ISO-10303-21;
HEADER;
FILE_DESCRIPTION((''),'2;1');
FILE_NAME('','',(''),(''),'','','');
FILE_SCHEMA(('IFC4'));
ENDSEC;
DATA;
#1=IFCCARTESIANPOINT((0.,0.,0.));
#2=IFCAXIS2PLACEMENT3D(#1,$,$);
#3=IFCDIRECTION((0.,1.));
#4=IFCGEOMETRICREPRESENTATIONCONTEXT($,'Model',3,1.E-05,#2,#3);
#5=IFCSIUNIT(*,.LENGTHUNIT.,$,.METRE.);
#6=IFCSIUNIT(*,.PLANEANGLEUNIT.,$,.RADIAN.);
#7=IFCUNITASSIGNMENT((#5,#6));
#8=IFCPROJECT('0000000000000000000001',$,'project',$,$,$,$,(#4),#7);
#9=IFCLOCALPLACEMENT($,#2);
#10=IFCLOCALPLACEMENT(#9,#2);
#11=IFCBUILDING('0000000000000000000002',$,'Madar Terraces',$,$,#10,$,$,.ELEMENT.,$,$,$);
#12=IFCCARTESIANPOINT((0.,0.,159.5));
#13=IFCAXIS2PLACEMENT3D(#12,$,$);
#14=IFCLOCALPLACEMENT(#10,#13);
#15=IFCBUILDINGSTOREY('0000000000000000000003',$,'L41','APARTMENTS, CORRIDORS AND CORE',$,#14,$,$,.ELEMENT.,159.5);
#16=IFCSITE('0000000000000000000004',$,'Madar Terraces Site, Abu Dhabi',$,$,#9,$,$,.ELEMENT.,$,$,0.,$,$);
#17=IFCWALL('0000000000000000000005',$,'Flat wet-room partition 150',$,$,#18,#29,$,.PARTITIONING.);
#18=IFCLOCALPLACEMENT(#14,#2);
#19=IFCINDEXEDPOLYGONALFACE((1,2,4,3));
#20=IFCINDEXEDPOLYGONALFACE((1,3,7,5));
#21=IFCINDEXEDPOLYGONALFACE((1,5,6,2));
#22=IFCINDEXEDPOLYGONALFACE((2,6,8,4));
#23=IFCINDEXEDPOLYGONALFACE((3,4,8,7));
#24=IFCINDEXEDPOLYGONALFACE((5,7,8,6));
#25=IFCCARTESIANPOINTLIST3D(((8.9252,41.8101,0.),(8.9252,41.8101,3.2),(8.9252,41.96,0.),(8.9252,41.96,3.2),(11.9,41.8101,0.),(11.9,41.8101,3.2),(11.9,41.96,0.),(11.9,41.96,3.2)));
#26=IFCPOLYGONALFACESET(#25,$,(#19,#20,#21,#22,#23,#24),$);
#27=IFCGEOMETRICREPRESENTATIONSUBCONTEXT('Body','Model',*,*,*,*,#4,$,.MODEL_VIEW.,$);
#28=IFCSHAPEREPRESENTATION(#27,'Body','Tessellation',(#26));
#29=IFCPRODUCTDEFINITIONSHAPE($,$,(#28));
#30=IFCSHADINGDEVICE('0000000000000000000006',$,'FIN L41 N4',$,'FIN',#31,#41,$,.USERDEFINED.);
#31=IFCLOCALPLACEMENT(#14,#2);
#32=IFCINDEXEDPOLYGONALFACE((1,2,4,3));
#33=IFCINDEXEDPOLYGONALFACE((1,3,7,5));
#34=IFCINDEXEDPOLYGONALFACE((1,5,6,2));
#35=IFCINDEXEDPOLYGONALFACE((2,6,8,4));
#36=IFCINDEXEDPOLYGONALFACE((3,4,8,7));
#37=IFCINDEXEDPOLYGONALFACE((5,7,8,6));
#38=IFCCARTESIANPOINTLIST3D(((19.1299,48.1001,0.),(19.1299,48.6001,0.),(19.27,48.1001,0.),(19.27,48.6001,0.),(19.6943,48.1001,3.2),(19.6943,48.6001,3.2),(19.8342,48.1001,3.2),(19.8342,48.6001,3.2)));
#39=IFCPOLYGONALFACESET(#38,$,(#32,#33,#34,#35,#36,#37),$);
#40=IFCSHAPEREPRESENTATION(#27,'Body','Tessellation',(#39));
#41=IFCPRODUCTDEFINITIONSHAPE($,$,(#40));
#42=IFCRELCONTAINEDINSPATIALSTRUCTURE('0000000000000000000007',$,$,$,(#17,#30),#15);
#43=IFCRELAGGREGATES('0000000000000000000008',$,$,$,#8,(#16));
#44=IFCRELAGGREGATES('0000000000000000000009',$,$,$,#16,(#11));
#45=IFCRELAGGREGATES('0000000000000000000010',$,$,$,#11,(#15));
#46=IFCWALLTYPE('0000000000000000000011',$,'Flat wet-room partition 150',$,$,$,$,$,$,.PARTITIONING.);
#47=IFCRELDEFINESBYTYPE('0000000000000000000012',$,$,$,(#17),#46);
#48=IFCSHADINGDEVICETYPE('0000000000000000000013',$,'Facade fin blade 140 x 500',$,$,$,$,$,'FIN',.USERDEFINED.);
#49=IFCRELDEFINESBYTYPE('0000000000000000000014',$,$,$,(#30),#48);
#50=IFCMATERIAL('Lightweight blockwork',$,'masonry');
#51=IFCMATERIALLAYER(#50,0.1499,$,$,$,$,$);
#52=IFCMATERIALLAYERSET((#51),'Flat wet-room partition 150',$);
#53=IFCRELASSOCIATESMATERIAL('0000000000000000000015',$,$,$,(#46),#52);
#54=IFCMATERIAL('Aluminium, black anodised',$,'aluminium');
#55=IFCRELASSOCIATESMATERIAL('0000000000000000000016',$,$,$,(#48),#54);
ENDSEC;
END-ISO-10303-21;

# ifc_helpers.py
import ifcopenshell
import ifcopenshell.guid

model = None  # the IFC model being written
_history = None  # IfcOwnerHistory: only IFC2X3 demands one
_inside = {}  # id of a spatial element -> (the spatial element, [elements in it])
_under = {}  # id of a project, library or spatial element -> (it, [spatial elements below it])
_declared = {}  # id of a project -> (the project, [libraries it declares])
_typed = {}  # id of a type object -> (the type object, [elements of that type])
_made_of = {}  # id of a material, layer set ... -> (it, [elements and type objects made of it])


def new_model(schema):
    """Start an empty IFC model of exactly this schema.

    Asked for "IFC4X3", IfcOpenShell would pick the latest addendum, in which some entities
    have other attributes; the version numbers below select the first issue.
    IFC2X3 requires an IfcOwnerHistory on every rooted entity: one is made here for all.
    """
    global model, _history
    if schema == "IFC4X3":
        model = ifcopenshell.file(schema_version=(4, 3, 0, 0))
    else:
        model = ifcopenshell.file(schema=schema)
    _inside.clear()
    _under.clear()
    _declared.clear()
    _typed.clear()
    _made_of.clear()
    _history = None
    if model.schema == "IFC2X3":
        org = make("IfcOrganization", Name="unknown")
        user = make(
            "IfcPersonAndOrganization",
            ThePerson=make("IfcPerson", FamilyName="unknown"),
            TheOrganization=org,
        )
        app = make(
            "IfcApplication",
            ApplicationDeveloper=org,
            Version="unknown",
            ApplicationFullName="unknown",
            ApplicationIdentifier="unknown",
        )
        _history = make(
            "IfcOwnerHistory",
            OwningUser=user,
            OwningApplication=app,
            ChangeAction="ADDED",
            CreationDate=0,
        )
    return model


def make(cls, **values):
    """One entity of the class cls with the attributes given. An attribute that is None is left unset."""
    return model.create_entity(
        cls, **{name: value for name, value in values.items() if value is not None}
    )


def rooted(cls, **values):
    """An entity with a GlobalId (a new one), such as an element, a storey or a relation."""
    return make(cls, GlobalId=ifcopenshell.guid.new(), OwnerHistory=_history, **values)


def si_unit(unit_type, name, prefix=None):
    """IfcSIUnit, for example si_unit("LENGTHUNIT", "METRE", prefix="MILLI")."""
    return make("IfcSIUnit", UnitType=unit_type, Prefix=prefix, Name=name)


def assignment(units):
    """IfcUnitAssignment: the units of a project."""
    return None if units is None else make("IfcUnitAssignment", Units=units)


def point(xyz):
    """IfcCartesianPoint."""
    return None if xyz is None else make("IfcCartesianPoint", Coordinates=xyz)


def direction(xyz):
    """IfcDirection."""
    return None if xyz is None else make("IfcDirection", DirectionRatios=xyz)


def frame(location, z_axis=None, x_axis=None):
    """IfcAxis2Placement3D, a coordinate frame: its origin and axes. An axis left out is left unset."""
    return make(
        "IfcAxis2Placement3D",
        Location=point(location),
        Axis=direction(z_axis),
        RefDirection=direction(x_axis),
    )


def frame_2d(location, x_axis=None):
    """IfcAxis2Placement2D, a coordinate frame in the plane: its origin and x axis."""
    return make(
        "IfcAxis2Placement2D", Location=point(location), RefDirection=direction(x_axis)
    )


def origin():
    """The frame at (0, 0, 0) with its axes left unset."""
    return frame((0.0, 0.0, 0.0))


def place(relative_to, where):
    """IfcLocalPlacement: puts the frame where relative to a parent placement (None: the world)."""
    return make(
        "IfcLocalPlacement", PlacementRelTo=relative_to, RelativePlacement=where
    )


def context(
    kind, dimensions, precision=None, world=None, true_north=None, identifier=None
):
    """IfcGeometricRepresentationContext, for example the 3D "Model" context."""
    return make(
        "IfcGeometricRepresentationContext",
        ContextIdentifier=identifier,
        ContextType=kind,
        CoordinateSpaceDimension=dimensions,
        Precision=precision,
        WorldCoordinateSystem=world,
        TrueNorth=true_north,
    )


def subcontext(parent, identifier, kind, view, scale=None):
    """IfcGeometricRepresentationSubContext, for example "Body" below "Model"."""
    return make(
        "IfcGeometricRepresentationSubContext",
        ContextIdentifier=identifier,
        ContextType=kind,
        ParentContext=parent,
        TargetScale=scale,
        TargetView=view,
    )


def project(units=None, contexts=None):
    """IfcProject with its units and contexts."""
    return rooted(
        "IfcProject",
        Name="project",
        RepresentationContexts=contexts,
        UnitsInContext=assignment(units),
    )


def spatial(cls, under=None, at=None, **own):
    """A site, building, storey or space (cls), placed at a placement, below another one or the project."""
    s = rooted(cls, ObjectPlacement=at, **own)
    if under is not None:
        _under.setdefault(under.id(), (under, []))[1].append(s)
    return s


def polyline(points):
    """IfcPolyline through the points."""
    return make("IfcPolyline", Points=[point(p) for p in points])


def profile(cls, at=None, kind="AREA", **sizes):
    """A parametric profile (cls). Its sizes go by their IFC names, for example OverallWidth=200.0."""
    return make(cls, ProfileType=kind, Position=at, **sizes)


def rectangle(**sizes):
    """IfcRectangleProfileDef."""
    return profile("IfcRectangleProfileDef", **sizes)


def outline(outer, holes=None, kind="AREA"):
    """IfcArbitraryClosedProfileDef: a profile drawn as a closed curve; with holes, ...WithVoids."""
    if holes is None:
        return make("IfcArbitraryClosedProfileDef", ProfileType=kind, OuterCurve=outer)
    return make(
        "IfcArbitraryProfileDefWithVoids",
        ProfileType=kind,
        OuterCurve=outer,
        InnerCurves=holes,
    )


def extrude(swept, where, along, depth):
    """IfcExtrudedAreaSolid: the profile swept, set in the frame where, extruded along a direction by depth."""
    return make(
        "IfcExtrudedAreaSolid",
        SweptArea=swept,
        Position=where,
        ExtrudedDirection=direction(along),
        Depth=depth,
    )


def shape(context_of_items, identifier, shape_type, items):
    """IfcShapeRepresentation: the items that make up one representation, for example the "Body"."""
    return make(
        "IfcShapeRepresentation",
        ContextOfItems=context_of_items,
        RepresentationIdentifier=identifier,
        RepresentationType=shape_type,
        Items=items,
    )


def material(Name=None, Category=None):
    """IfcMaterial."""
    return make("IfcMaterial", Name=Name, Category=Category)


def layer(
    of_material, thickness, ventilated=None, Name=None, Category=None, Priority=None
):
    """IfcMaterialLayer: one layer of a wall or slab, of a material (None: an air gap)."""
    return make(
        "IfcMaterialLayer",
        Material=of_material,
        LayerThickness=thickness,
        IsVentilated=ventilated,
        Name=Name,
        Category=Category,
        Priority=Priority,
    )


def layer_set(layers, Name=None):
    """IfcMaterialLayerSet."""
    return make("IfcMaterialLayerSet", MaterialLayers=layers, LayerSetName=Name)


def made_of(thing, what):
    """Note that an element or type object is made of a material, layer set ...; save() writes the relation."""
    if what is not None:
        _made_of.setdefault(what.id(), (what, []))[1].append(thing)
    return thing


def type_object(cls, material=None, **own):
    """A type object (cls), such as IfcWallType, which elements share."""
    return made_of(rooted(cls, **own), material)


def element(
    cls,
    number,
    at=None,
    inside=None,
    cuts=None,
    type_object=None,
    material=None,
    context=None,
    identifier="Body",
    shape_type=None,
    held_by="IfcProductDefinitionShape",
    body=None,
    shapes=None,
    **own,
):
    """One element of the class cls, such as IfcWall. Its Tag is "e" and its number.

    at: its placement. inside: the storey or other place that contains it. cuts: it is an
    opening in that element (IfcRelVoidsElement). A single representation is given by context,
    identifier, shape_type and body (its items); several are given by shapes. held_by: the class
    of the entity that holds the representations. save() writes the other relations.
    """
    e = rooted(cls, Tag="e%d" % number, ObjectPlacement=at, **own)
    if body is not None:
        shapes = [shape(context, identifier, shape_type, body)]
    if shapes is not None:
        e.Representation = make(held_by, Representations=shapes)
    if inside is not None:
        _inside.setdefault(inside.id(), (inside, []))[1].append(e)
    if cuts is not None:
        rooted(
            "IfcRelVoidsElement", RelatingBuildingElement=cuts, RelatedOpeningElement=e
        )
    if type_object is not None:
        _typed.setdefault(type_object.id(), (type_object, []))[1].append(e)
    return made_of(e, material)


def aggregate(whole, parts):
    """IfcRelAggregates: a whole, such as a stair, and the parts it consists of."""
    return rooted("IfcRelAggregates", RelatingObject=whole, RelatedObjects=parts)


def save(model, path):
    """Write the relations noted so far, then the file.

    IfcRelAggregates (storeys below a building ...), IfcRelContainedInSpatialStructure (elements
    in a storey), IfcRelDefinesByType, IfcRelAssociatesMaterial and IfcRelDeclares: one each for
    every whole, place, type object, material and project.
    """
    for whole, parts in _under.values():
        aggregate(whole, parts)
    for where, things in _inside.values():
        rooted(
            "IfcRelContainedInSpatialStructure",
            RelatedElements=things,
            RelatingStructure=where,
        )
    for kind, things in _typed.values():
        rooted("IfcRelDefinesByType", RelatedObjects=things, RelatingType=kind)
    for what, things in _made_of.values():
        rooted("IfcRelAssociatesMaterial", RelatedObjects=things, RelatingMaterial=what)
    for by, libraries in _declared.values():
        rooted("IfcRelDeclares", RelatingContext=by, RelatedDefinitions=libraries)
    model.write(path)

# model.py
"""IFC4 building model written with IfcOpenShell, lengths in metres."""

from ifc_helpers import new_model, si_unit, direction, frame, frame_2d, origin, place, context, subcontext, project, spatial, polyline, rectangle, outline, extrude, material, layer, layer_set, type_object, element, save


model = new_model("IFC4")

# Units and contexts
model_context = context("Model", 3, precision=1e-05, world=origin(), true_north=direction((0.0, 1.0)))
body_context = subcontext(model_context, "Body", "Model", "MODEL_VIEW")
ifc_project = project(units=[si_unit("LENGTHUNIT", "METRE"), si_unit("PLANEANGLEUNIT", "RADIAN")], contexts=[model_context])

# Site, building, storey
site_placement = place(None, origin())
site = spatial("IfcSite", under=ifc_project, at=site_placement, Name="Madar Terraces Site, Abu Dhabi", CompositionType="ELEMENT", RefElevation=0.0)
building_placement = place(site_placement, origin())
building = spatial("IfcBuilding", under=site, at=building_placement, Name="Madar Terraces", CompositionType="ELEMENT")
storey_placement = place(building_placement, frame((0.0, 0.0, 159.5)))
storey = spatial("IfcBuildingStorey", under=building, at=storey_placement, Name="L41", Description="APARTMENTS, CORRIDORS AND CORE", CompositionType="ELEMENT", Elevation=159.5)

# Wall
ifc_material_1 = material(Name="Lightweight blockwork", Category="masonry")
ifc_layer_1 = layer(ifc_material_1, 0.1499)
ifc_layer_set_1 = layer_set([ifc_layer_1], Name="Flat wet-room partition 150")
wall_type_1 = type_object("IfcWallType", Name="Flat wet-room partition 150", PredefinedType="PARTITIONING", material=ifc_layer_set_1)
wall_1_placement = place(storey_placement, frame((11.8999, 41.885, 0.0), z_axis=(0.0, 0.0, 1.0), x_axis=(-1.0, 0.0, 0.0)))
element("IfcWall", 1, at=wall_1_placement, inside=storey, type_object=wall_type_1, Name="Flat wet-room partition 150", PredefinedType="PARTITIONING", context=body_context, shape_type="SweptSolid", body=[
    extrude(rectangle(XDim=2.9749, YDim=0.1499, at=frame_2d((1.4873, 0.0))), origin(), (0.0, 0.0, 1.0), 3.2),
])

# Shading device
ifc_material_2 = material(Name="Aluminium, black anodised", Category="aluminium")
shading_device_type = type_object("IfcShadingDeviceType", Name="Facade fin blade 140 x 500", ElementType="FIN", PredefinedType="USERDEFINED", material=ifc_material_2)
shading_device_placement = place(storey_placement, frame((19.27, 48.3501, 0.0), z_axis=(0.0, 0.0, 1.0), x_axis=(-1.0, 0.0, 0.0)))
element("IfcShadingDevice", 2, at=shading_device_placement, inside=storey, type_object=shading_device_type, Name="FIN L41 N4", ObjectType="FIN", PredefinedType="USERDEFINED", context=body_context, shape_type="SweptSolid", body=[
    extrude(outline(polyline([(0.0, 0.0), (0.1401, 0.0), (-0.4243, 3.2), (-0.5642, 3.2), (0.0, 0.0)])), frame((0.0, 0.25, 0.0), z_axis=(0.0, -1.0, 0.0), x_axis=(1.0, 0.0, 0.0)), (0.0, 0.0, 1.0), 0.5),
])

save(model, "model.ifc")
